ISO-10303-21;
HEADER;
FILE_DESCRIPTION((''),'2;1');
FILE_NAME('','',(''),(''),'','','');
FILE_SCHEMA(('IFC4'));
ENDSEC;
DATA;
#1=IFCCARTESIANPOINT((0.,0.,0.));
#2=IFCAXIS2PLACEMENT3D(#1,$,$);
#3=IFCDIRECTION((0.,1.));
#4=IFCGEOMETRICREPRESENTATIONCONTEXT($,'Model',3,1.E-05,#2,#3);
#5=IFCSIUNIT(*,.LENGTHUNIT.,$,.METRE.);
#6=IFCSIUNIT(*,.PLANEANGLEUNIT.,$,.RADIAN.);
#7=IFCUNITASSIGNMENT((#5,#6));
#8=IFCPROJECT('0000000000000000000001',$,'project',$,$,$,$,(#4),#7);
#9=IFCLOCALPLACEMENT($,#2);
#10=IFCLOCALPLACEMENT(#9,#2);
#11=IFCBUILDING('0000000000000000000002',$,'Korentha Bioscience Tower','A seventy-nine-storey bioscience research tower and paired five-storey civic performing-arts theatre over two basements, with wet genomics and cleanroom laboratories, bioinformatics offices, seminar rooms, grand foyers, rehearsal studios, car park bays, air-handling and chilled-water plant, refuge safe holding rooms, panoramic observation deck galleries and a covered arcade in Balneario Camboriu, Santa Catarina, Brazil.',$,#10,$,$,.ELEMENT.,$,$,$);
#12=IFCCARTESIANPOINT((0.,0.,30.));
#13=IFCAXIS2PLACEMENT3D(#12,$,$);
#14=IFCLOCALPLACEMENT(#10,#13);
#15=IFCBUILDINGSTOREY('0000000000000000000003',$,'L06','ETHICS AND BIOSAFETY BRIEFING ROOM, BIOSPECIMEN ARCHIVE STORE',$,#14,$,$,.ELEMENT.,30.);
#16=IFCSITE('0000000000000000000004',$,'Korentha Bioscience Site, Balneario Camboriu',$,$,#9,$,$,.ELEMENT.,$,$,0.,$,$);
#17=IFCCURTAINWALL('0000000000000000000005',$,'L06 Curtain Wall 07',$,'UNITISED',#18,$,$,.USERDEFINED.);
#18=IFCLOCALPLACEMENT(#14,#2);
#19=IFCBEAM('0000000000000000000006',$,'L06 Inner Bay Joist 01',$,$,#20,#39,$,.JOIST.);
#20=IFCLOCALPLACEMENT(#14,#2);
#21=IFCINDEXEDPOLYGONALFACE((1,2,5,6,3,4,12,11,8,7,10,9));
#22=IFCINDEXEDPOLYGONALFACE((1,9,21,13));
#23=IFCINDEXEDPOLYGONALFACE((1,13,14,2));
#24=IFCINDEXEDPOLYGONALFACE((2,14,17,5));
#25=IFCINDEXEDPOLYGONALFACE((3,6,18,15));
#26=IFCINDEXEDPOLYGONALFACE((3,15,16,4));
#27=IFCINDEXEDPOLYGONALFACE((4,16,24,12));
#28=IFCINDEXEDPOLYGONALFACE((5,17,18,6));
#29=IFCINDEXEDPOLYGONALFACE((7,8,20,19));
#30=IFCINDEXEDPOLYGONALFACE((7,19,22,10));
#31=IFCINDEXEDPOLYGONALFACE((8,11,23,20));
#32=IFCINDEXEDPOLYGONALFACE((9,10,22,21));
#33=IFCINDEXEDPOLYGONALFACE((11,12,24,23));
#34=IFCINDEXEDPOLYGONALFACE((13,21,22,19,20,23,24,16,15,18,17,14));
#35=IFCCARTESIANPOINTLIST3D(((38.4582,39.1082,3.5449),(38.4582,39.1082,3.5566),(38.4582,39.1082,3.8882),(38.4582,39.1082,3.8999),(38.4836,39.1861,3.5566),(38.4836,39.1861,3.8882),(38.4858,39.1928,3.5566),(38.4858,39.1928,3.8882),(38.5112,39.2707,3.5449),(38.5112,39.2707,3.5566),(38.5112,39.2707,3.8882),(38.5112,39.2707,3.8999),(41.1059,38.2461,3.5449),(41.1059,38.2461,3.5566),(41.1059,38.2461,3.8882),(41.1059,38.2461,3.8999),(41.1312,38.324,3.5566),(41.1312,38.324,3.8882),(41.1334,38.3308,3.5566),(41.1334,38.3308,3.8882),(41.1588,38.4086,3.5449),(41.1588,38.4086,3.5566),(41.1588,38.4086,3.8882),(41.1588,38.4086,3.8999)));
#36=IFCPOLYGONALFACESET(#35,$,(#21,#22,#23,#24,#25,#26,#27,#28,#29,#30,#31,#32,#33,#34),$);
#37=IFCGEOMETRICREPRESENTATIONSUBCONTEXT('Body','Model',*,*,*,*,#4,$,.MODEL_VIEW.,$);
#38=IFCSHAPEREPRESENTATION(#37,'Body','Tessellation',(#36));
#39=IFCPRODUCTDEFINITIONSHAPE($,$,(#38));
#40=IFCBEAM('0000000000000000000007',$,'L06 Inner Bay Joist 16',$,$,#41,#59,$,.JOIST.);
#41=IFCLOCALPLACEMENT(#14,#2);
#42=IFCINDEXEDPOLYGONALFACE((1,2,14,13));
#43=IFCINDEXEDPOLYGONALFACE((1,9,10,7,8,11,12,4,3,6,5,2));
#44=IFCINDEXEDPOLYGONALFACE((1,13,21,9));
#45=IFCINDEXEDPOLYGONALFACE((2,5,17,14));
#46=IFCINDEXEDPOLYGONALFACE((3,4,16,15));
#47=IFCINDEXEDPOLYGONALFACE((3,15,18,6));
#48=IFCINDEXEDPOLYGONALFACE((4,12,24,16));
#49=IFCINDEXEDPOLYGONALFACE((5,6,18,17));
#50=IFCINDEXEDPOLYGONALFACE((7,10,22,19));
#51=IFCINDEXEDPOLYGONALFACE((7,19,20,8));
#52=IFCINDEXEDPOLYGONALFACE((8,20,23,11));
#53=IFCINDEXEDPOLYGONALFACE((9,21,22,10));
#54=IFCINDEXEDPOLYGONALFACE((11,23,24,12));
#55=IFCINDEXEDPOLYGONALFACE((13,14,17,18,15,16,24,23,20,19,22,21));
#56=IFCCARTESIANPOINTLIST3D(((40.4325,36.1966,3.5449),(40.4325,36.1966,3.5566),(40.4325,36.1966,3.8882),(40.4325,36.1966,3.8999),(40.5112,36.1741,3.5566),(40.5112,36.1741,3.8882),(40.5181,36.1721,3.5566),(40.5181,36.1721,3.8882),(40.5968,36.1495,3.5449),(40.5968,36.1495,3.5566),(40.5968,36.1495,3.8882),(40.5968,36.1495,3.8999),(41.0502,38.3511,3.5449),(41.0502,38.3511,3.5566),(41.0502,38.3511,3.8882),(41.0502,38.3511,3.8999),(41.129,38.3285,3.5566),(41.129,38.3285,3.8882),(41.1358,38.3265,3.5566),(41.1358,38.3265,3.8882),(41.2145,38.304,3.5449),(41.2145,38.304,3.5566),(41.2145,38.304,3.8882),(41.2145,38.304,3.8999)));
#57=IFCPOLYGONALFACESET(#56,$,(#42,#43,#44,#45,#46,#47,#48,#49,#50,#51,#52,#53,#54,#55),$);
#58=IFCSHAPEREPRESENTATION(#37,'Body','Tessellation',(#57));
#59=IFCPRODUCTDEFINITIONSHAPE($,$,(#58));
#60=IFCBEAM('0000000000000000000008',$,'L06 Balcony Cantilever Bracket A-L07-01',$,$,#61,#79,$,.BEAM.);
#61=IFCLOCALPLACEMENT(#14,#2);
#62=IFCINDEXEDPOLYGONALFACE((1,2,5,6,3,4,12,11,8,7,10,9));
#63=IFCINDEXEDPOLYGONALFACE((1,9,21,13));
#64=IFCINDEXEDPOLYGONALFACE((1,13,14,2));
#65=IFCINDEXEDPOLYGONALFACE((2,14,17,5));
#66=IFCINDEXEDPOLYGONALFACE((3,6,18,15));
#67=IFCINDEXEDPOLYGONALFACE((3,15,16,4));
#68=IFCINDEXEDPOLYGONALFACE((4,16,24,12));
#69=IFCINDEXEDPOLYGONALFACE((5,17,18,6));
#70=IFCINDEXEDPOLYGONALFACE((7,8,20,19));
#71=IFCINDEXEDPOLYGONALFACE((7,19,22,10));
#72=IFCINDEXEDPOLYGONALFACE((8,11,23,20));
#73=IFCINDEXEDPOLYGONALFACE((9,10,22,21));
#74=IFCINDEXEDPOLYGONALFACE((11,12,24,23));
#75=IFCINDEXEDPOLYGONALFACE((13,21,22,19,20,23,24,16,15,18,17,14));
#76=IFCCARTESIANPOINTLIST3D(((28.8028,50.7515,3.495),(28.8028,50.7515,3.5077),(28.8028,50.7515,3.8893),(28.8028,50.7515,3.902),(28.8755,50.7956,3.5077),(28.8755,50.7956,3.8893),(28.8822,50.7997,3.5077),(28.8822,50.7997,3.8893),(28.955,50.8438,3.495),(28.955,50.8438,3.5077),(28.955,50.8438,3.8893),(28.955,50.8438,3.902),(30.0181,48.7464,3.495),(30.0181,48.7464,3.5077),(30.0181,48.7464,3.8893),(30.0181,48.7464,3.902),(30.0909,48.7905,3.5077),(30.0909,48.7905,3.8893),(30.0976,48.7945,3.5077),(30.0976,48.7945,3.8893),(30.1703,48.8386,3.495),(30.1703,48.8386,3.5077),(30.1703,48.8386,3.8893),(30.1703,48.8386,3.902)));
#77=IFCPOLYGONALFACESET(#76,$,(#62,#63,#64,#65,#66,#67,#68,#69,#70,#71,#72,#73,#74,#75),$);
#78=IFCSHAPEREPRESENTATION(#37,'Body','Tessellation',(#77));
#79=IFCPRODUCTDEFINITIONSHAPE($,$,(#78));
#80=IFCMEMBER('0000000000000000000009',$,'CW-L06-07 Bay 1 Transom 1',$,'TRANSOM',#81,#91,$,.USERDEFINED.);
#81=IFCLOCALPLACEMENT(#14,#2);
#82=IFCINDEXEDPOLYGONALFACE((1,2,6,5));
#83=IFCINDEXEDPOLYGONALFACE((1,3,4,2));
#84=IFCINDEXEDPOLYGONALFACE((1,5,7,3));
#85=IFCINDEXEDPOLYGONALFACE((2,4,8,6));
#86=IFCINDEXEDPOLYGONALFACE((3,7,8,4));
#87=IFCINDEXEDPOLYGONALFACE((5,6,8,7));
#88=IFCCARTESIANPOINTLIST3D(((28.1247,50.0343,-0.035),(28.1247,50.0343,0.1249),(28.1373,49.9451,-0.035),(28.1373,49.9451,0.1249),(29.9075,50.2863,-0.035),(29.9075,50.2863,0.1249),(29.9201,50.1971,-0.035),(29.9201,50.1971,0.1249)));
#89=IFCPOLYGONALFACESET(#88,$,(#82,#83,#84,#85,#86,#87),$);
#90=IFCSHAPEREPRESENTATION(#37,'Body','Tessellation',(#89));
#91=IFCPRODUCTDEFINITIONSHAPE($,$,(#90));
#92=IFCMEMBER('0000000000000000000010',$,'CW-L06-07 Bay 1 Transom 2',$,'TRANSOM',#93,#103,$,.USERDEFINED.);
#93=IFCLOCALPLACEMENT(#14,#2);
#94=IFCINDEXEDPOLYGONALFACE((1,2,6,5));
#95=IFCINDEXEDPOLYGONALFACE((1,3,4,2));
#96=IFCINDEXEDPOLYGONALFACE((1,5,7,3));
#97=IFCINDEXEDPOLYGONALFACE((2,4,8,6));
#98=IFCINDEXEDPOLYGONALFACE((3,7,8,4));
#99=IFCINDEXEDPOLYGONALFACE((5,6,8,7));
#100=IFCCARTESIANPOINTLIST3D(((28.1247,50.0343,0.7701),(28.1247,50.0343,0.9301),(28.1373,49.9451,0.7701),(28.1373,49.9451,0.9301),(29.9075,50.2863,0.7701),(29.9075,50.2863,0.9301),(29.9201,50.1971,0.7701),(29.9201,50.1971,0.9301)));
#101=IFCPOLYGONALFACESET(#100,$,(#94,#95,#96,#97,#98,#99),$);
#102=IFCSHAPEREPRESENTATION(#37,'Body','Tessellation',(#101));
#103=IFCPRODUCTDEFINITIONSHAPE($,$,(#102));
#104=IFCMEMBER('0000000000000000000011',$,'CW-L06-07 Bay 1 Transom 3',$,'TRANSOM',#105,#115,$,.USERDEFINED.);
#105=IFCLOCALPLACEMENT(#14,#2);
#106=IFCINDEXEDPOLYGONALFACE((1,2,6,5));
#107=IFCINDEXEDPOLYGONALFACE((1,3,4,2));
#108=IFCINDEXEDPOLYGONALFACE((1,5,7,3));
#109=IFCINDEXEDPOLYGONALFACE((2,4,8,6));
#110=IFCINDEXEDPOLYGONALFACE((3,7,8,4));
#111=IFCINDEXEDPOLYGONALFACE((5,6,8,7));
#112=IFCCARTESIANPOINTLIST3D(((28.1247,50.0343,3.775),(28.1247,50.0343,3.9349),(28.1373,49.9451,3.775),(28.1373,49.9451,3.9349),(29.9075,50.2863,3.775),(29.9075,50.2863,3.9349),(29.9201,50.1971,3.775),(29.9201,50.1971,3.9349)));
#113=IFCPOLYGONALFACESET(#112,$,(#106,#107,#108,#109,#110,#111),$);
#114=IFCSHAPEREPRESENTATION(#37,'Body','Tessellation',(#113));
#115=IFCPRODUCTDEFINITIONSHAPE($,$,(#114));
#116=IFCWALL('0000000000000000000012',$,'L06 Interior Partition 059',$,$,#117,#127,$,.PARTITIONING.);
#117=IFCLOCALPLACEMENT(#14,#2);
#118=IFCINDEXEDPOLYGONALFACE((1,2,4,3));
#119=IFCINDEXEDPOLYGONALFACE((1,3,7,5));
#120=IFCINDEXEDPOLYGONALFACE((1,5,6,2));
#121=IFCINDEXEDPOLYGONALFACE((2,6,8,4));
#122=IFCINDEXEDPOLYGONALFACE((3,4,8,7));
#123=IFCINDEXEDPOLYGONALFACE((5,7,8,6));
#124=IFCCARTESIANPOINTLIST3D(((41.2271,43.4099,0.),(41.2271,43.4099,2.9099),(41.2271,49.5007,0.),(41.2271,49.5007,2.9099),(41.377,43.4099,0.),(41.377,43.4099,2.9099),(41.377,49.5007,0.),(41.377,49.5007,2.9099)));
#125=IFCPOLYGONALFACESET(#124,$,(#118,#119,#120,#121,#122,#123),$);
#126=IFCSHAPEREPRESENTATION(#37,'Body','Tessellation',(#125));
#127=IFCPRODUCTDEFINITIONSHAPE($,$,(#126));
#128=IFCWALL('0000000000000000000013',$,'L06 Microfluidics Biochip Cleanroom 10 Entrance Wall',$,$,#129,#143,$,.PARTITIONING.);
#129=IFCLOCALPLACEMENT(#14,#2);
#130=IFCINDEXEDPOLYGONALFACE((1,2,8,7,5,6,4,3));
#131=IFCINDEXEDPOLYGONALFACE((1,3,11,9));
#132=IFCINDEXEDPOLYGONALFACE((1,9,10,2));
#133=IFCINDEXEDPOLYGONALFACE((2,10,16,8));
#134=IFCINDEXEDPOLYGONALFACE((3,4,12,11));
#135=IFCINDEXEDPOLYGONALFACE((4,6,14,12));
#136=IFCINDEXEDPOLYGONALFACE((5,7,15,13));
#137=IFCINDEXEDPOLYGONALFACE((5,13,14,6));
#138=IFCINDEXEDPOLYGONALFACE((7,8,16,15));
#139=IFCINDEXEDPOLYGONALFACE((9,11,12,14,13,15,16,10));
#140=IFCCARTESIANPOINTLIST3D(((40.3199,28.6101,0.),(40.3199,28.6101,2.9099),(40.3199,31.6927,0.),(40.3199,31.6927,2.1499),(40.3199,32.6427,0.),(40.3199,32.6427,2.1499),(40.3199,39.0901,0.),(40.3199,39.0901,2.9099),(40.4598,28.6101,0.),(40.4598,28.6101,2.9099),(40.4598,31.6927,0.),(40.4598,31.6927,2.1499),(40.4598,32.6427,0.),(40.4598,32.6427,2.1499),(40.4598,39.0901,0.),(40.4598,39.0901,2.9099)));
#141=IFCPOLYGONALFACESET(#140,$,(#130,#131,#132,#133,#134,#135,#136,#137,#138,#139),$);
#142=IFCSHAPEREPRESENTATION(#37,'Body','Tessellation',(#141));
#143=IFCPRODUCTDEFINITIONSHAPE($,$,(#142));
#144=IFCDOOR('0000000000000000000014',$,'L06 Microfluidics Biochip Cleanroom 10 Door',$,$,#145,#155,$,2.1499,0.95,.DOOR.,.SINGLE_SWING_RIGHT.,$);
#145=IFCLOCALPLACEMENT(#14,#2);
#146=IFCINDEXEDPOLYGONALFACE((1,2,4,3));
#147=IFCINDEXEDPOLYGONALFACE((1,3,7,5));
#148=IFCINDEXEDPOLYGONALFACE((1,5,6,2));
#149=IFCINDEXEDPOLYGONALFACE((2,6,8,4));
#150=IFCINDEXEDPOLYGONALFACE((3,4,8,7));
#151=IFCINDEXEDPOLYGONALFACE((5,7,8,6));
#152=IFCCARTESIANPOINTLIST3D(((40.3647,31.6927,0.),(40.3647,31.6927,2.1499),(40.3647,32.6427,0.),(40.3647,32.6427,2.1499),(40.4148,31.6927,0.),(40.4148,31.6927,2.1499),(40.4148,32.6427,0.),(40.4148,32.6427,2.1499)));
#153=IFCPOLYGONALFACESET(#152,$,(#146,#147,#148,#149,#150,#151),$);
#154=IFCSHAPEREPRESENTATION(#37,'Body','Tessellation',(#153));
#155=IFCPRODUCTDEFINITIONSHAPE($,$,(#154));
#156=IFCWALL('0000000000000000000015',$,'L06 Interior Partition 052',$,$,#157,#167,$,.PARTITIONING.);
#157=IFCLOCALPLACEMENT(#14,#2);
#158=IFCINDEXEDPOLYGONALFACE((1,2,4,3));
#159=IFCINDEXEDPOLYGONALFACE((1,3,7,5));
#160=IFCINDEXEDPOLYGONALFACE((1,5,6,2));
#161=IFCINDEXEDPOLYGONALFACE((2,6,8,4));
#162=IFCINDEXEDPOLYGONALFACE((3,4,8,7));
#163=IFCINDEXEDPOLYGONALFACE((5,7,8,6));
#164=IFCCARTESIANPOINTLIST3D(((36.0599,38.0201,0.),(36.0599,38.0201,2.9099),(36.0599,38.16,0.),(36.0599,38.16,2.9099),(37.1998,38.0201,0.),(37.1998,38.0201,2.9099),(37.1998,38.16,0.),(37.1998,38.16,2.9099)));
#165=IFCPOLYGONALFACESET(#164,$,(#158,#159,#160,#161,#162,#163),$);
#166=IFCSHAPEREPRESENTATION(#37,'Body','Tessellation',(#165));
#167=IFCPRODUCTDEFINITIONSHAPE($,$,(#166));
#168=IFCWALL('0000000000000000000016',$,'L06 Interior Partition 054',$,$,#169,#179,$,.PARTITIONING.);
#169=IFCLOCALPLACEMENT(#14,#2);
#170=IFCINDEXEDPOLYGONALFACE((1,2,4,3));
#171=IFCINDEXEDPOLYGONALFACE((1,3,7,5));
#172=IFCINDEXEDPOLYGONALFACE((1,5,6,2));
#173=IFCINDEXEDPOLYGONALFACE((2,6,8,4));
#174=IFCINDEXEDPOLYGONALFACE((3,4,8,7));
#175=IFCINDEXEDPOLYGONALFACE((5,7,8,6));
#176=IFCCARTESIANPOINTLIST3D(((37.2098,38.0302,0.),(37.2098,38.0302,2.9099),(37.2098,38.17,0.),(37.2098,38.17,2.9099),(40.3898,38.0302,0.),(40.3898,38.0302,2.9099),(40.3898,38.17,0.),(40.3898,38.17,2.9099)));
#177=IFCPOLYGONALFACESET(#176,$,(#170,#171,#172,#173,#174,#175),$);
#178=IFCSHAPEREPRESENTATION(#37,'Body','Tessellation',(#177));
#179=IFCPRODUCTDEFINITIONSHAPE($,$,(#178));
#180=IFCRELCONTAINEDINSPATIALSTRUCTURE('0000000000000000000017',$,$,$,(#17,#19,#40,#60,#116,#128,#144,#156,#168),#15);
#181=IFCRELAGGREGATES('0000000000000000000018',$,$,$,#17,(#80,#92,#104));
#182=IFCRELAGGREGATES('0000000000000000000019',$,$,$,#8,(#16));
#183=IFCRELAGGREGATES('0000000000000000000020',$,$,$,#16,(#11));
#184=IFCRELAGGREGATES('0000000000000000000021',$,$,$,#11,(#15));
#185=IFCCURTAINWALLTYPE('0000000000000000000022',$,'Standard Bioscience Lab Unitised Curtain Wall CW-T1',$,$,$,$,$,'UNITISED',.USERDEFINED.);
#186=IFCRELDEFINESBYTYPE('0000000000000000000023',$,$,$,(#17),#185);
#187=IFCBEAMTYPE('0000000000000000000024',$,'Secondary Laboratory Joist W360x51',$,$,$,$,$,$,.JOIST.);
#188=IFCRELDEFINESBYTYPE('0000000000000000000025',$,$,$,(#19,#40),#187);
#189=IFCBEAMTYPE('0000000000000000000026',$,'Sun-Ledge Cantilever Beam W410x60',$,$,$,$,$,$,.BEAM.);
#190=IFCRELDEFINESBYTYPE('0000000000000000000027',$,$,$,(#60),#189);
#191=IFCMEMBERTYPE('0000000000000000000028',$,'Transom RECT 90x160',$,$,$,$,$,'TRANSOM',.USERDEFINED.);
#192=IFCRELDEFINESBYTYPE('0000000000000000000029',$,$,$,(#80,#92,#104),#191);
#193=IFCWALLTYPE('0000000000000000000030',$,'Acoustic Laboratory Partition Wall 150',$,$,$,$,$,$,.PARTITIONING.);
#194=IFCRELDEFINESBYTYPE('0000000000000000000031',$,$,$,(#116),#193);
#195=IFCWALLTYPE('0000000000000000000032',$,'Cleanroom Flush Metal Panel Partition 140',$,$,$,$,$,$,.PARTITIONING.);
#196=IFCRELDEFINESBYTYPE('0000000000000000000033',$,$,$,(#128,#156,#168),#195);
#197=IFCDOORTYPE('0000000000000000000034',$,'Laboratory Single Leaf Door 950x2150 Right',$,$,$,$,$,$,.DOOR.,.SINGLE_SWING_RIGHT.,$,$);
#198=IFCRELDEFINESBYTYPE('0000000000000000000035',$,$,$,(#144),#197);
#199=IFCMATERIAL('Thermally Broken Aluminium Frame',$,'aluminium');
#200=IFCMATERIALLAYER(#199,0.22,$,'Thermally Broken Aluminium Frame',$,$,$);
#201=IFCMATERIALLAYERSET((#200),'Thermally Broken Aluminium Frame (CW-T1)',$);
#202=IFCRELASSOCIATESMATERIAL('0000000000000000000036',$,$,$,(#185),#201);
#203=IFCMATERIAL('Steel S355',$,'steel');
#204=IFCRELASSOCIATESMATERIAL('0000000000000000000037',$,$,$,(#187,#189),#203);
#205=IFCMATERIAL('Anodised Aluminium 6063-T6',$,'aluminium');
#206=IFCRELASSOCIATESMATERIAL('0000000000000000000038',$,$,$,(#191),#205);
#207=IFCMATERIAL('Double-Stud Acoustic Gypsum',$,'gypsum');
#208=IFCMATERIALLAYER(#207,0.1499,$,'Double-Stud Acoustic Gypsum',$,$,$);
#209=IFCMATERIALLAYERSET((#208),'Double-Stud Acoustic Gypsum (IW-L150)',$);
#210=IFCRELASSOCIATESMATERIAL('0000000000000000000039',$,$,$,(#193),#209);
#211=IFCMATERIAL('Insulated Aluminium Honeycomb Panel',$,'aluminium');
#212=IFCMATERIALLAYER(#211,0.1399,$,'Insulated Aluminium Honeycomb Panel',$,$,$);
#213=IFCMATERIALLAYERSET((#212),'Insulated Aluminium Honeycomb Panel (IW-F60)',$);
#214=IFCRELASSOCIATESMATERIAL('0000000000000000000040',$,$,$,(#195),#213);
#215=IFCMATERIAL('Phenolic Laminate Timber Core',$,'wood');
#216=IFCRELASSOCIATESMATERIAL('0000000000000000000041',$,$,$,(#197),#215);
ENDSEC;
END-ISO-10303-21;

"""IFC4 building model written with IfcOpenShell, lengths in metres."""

from ifc_helpers import new_model, si_unit, direction, frame, frame_2d, origin, origin_2d, place, context, subcontext, project, spatial, rectangle, i_section, extrude, material, layer, layer_set, material_profile, profile_set, type_object, element, fill, aggregate, save


model = new_model("IFC4")

# Units and contexts
model_context = context("Model", 3, precision=1e-05, world=origin(), true_north=direction((0.0, 1.0)))
body_context = subcontext(model_context, "Body", "Model", "MODEL_VIEW")
ifc_project = project(units=[si_unit("LENGTHUNIT", "METRE"), si_unit("PLANEANGLEUNIT", "RADIAN")], contexts=[model_context])

# Site, building, storey
site_placement = place(None, origin())
site = spatial("IfcSite", under=ifc_project, at=site_placement, Name="Korentha Bioscience Site, Balneario Camboriu", CompositionType="ELEMENT", RefElevation=0.0)
building_placement = place(site_placement, origin())
building = spatial("IfcBuilding", under=site, at=building_placement, Name="Korentha Bioscience Tower", Description="A seventy-nine-storey bioscience research tower and paired five-storey civic performing-arts theatre over two basements, with wet genomics and cleanroom laboratories, bioinformatics offices, seminar rooms, grand foyers, rehearsal studios, car park bays, air-handling and chilled-water plant, refuge safe holding rooms, panoramic observation deck galleries and a covered arcade in Balneario Camboriu, Santa Catarina, Brazil.", CompositionType="ELEMENT")
storey_placement = place(building_placement, frame((0.0, 0.0, 30.0)))
storey = spatial("IfcBuildingStorey", under=building, at=storey_placement, Name="L06", Description="ETHICS AND BIOSAFETY BRIEFING ROOM, BIOSPECIMEN ARCHIVE STORE", CompositionType="ELEMENT", Elevation=30.0)

# Shared definitions
ifc_material_1 = material(Name="Steel S355", Category="steel")

# Curtain wall
ifc_material_2 = material(Name="Thermally Broken Aluminium Frame", Category="aluminium")
ifc_layer_1 = layer(ifc_material_2, 0.22, Name="Thermally Broken Aluminium Frame")
ifc_layer_set_1 = layer_set([ifc_layer_1], Name="Thermally Broken Aluminium Frame (CW-T1)")
curtain_wall_type = type_object("IfcCurtainWallType", Name="Standard Bioscience Lab Unitised Curtain Wall CW-T1", ElementType="UNITISED", PredefinedType="USERDEFINED", material=ifc_layer_set_1)
curtain_wall_placement = place(storey_placement, origin())
curtain_wall = element("IfcCurtainWall", 1, at=curtain_wall_placement, inside=storey, type_object=curtain_wall_type, Name="L06 Curtain Wall 07", ObjectType="UNITISED", PredefinedType="USERDEFINED")
ifc_material_3 = material(Name="Anodised Aluminium 6063-T6", Category="aluminium")

# Beams
ifc_material_profile_1 = material_profile(ifc_material_1, i_section(OverallWidth=0.1709, OverallDepth=0.355, WebThickness=0.0071, FlangeThickness=0.0117, at=origin_2d()), Name="Steel S355")
ifc_profile_set_1 = profile_set([ifc_material_profile_1], Name="Steel S355 (JB-360)")
beam_type_1 = type_object("IfcBeamType", Name="Secondary Laboratory Joist W360x51", PredefinedType="JOIST", material=ifc_profile_set_1)
beam_1_placement = place(storey_placement, frame((41.1323, 38.3274, 3.7224), z_axis=(-0.95087, 0.309592, 0.0), x_axis=(-0.309592, -0.95087, 0.0)))
element("IfcBeam", 2, at=beam_1_placement, inside=storey, type_object=beam_type_1, Name="L06 Inner Bay Joist 01", PredefinedType="JOIST", context=body_context, shape_type="SweptSolid", body=[
    extrude(i_section(OverallWidth=0.1709, OverallDepth=0.355, WebThickness=0.0071, FlangeThickness=0.0117, at=origin_2d()), origin(), (0.0, 0.0, 1.0), 2.7844),
])
beam_2_placement = place(storey_placement, frame((40.5146, 36.1731, 3.7224), z_axis=(0.275613, 0.961269, 0.0), x_axis=(-0.961269, 0.275613, 0.0)))
element("IfcBeam", 3, at=beam_2_placement, inside=storey, type_object=beam_type_1, Name="L06 Inner Bay Joist 16", PredefinedType="JOIST", context=body_context, shape_type="SweptSolid", body=[
    extrude(i_section(OverallWidth=0.1709, OverallDepth=0.355, WebThickness=0.0071, FlangeThickness=0.0117, at=origin_2d()), origin(), (0.0, 0.0, 1.0), 2.2412),
])
ifc_material_profile_2 = material_profile(ifc_material_1, i_section(OverallWidth=0.178, OverallDepth=0.407, WebThickness=0.0078, FlangeThickness=0.0127, at=origin_2d()), Name="Steel S355")
ifc_profile_set_2 = profile_set([ifc_material_profile_2], Name="Steel S355 (CB-410)")
beam_type_2 = type_object("IfcBeamType", Name="Sun-Ledge Cantilever Beam W410x60", PredefinedType="BEAM", material=ifc_profile_set_2)
beam_3_placement = place(storey_placement, frame((30.0942, 48.7925, 3.6985), z_axis=(-0.518334, 0.855178, 0.0), x_axis=(-0.855178, -0.518334, 0.0)))
element("IfcBeam", 4, at=beam_3_placement, inside=storey, type_object=beam_type_2, Name="L06 Balcony Cantilever Bracket A-L07-01", PredefinedType="BEAM", context=body_context, shape_type="SweptSolid", body=[
    extrude(i_section(OverallWidth=0.178, OverallDepth=0.407, WebThickness=0.0078, FlangeThickness=0.0127, at=origin_2d()), origin(), (0.0, 0.0, 1.0), 2.3447),
])

# Members
ifc_material_profile_3 = material_profile(ifc_material_3, rectangle(XDim=0.0901, YDim=0.1599, at=origin_2d()), Name="Anodised Aluminium 6063-T6")
ifc_profile_set_3 = profile_set([ifc_material_profile_3], Name="Anodised Aluminium 6063-T6 (CW-TRN)")
member_type_1 = type_object("IfcMemberType", Name="Transom RECT 90x160", ElementType="TRANSOM", PredefinedType="USERDEFINED", material=ifc_profile_set_3)
member_1_placement = place(storey_placement, frame((29.9138, 50.2417, 0.0449), z_axis=(-0.99016, -0.13994, 0.0), x_axis=(0.13994, -0.99016, 0.0)))
member_1 = element("IfcMember", 5, at=member_1_placement, type_object=member_type_1, Name="CW-L06-07 Bay 1 Transom 1", ObjectType="TRANSOM", PredefinedType="USERDEFINED", context=body_context, shape_type="SweptSolid", body=[
    extrude(rectangle(XDim=0.0901, YDim=0.1599, at=origin_2d()), origin(), (0.0, 0.0, 1.0), 1.8005),
])
member_2_placement = place(storey_placement, frame((29.9138, 50.2417, 0.8501), z_axis=(-0.99016, -0.13994, 0.0), x_axis=(0.13994, -0.99016, 0.0)))
member_2 = element("IfcMember", 6, at=member_2_placement, type_object=member_type_1, Name="CW-L06-07 Bay 1 Transom 2", ObjectType="TRANSOM", PredefinedType="USERDEFINED", context=body_context, shape_type="SweptSolid", body=[
    extrude(rectangle(XDim=0.0901, YDim=0.1599, at=origin_2d()), origin(), (0.0, 0.0, 1.0), 1.8005),
])
member_3_placement = place(storey_placement, frame((29.9138, 50.2417, 3.855), z_axis=(-0.99016, -0.13994, 0.0), x_axis=(0.13994, -0.99016, 0.0)))
member_3 = element("IfcMember", 7, at=member_3_placement, type_object=member_type_1, Name="CW-L06-07 Bay 1 Transom 3", ObjectType="TRANSOM", PredefinedType="USERDEFINED", context=body_context, shape_type="SweptSolid", body=[
    extrude(rectangle(XDim=0.0901, YDim=0.1599, at=origin_2d()), origin(), (0.0, 0.0, 1.0), 1.8005),
])
aggregate(curtain_wall, [member_1, member_2, member_3])

# Wall
ifc_material_4 = material(Name="Double-Stud Acoustic Gypsum", Category="gypsum")
ifc_layer_2 = layer(ifc_material_4, 0.1499, Name="Double-Stud Acoustic Gypsum")
ifc_layer_set_2 = layer_set([ifc_layer_2], Name="Double-Stud Acoustic Gypsum (IW-L150)")
wall_type_1 = type_object("IfcWallType", Name="Acoustic Laboratory Partition Wall 150", PredefinedType="PARTITIONING", material=ifc_layer_set_2)
wall_1_placement = place(storey_placement, frame((41.302, 43.4099, 0.0), z_axis=(0.0, 0.0, 1.0), x_axis=(0.0, 1.0, 0.0)))
element("IfcWall", 8, at=wall_1_placement, inside=storey, type_object=wall_type_1, Name="L06 Interior Partition 059", PredefinedType="PARTITIONING", context=body_context, shape_type="SweptSolid", body=[
    extrude(rectangle(XDim=6.0908, YDim=0.1499, at=frame_2d((3.0454, 0.0))), origin(), (0.0, 0.0, 1.0), 2.9099),
])

# Wall, opening, door
ifc_material_5 = material(Name="Insulated Aluminium Honeycomb Panel", Category="aluminium")
ifc_layer_3 = layer(ifc_material_5, 0.1399, Name="Insulated Aluminium Honeycomb Panel")
ifc_layer_set_3 = layer_set([ifc_layer_3], Name="Insulated Aluminium Honeycomb Panel (IW-F60)")
wall_type_2 = type_object("IfcWallType", Name="Cleanroom Flush Metal Panel Partition 140", PredefinedType="PARTITIONING", material=ifc_layer_set_3)
wall_2_placement = place(storey_placement, frame((40.3899, 39.0901, 0.0), z_axis=(0.0, 0.0, 1.0), x_axis=(0.0, -1.0, 0.0)))
wall_2 = element("IfcWall", 9, at=wall_2_placement, inside=storey, type_object=wall_type_2, Name="L06 Microfluidics Biochip Cleanroom 10 Entrance Wall", PredefinedType="PARTITIONING", context=body_context, shape_type="SweptSolid", body=[
    extrude(rectangle(XDim=10.48, YDim=0.1399, at=frame_2d((5.24, 0.0))), origin(), (0.0, 0.0, 1.0), 2.9099),
])
opening_1_placement = place(wall_2_placement, frame((6.4473, 0.0, 0.0)))
opening_1 = element("IfcOpeningElement", 10, at=opening_1_placement, cuts=wall_2, PredefinedType="OPENING", context=body_context, shape_type="SweptSolid", body=[
    extrude(rectangle(XDim=0.95, YDim=2.1499, at=frame_2d((0.4751, 1.075))), frame((0.0, 0.085, 0.0), z_axis=(0.0, -1.0, 0.0), x_axis=(1.0, 0.0, 0.0)), (0.0, 0.0, 1.0), 0.1697),
])
ifc_material_6 = material(Name="Phenolic Laminate Timber Core", Category="wood")
door_type_1 = type_object("IfcDoorType", Name="Laboratory Single Leaf Door 950x2150 Right", OperationType="SINGLE_SWING_RIGHT", PredefinedType="DOOR", material=ifc_material_6)
door_1_placement = place(opening_1_placement, origin())
door_1 = element("IfcDoor", 11, at=door_1_placement, inside=storey, type_object=door_type_1, Name="L06 Microfluidics Biochip Cleanroom 10 Door", OperationType="SINGLE_SWING_RIGHT", OverallHeight=2.1499, OverallWidth=0.95, PredefinedType="DOOR", context=body_context, shape_type="SweptSolid", body=[
    extrude(rectangle(XDim=0.95, YDim=2.1499, at=frame_2d((0.4751, 1.075))), frame((0.0, 0.0249, 0.0), z_axis=(0.0, -1.0, 0.0), x_axis=(1.0, 0.0, 0.0)), (0.0, 0.0, 1.0), 0.05),
])
fill(opening_1, door_1)

# Walls
wall_3_placement = place(storey_placement, frame((36.0601, 38.0901, 0.0), z_axis=(0.0, 0.0, 1.0), x_axis=(1.0, 0.0, 0.0)))
element("IfcWall", 12, at=wall_3_placement, inside=storey, type_object=wall_type_2, Name="L06 Interior Partition 052", PredefinedType="PARTITIONING", context=body_context, shape_type="SweptSolid", body=[
    extrude(rectangle(XDim=1.1399, YDim=0.1399, at=frame_2d((0.5698, 0.0))), origin(), (0.0, 0.0, 1.0), 2.9099),
])
wall_4_placement = place(storey_placement, frame((37.21, 38.1001, 0.0), z_axis=(0.0, 0.0, 1.0), x_axis=(1.0, 0.0, 0.0)))
element("IfcWall", 13, at=wall_4_placement, inside=storey, type_object=wall_type_2, Name="L06 Interior Partition 054", PredefinedType="PARTITIONING", context=body_context, shape_type="SweptSolid", body=[
    extrude(rectangle(XDim=3.1799, YDim=0.1399, at=frame_2d((1.5898, 0.0))), origin(), (0.0, 0.0, 1.0), 2.9099),
])

save(model, "model.ifc")
